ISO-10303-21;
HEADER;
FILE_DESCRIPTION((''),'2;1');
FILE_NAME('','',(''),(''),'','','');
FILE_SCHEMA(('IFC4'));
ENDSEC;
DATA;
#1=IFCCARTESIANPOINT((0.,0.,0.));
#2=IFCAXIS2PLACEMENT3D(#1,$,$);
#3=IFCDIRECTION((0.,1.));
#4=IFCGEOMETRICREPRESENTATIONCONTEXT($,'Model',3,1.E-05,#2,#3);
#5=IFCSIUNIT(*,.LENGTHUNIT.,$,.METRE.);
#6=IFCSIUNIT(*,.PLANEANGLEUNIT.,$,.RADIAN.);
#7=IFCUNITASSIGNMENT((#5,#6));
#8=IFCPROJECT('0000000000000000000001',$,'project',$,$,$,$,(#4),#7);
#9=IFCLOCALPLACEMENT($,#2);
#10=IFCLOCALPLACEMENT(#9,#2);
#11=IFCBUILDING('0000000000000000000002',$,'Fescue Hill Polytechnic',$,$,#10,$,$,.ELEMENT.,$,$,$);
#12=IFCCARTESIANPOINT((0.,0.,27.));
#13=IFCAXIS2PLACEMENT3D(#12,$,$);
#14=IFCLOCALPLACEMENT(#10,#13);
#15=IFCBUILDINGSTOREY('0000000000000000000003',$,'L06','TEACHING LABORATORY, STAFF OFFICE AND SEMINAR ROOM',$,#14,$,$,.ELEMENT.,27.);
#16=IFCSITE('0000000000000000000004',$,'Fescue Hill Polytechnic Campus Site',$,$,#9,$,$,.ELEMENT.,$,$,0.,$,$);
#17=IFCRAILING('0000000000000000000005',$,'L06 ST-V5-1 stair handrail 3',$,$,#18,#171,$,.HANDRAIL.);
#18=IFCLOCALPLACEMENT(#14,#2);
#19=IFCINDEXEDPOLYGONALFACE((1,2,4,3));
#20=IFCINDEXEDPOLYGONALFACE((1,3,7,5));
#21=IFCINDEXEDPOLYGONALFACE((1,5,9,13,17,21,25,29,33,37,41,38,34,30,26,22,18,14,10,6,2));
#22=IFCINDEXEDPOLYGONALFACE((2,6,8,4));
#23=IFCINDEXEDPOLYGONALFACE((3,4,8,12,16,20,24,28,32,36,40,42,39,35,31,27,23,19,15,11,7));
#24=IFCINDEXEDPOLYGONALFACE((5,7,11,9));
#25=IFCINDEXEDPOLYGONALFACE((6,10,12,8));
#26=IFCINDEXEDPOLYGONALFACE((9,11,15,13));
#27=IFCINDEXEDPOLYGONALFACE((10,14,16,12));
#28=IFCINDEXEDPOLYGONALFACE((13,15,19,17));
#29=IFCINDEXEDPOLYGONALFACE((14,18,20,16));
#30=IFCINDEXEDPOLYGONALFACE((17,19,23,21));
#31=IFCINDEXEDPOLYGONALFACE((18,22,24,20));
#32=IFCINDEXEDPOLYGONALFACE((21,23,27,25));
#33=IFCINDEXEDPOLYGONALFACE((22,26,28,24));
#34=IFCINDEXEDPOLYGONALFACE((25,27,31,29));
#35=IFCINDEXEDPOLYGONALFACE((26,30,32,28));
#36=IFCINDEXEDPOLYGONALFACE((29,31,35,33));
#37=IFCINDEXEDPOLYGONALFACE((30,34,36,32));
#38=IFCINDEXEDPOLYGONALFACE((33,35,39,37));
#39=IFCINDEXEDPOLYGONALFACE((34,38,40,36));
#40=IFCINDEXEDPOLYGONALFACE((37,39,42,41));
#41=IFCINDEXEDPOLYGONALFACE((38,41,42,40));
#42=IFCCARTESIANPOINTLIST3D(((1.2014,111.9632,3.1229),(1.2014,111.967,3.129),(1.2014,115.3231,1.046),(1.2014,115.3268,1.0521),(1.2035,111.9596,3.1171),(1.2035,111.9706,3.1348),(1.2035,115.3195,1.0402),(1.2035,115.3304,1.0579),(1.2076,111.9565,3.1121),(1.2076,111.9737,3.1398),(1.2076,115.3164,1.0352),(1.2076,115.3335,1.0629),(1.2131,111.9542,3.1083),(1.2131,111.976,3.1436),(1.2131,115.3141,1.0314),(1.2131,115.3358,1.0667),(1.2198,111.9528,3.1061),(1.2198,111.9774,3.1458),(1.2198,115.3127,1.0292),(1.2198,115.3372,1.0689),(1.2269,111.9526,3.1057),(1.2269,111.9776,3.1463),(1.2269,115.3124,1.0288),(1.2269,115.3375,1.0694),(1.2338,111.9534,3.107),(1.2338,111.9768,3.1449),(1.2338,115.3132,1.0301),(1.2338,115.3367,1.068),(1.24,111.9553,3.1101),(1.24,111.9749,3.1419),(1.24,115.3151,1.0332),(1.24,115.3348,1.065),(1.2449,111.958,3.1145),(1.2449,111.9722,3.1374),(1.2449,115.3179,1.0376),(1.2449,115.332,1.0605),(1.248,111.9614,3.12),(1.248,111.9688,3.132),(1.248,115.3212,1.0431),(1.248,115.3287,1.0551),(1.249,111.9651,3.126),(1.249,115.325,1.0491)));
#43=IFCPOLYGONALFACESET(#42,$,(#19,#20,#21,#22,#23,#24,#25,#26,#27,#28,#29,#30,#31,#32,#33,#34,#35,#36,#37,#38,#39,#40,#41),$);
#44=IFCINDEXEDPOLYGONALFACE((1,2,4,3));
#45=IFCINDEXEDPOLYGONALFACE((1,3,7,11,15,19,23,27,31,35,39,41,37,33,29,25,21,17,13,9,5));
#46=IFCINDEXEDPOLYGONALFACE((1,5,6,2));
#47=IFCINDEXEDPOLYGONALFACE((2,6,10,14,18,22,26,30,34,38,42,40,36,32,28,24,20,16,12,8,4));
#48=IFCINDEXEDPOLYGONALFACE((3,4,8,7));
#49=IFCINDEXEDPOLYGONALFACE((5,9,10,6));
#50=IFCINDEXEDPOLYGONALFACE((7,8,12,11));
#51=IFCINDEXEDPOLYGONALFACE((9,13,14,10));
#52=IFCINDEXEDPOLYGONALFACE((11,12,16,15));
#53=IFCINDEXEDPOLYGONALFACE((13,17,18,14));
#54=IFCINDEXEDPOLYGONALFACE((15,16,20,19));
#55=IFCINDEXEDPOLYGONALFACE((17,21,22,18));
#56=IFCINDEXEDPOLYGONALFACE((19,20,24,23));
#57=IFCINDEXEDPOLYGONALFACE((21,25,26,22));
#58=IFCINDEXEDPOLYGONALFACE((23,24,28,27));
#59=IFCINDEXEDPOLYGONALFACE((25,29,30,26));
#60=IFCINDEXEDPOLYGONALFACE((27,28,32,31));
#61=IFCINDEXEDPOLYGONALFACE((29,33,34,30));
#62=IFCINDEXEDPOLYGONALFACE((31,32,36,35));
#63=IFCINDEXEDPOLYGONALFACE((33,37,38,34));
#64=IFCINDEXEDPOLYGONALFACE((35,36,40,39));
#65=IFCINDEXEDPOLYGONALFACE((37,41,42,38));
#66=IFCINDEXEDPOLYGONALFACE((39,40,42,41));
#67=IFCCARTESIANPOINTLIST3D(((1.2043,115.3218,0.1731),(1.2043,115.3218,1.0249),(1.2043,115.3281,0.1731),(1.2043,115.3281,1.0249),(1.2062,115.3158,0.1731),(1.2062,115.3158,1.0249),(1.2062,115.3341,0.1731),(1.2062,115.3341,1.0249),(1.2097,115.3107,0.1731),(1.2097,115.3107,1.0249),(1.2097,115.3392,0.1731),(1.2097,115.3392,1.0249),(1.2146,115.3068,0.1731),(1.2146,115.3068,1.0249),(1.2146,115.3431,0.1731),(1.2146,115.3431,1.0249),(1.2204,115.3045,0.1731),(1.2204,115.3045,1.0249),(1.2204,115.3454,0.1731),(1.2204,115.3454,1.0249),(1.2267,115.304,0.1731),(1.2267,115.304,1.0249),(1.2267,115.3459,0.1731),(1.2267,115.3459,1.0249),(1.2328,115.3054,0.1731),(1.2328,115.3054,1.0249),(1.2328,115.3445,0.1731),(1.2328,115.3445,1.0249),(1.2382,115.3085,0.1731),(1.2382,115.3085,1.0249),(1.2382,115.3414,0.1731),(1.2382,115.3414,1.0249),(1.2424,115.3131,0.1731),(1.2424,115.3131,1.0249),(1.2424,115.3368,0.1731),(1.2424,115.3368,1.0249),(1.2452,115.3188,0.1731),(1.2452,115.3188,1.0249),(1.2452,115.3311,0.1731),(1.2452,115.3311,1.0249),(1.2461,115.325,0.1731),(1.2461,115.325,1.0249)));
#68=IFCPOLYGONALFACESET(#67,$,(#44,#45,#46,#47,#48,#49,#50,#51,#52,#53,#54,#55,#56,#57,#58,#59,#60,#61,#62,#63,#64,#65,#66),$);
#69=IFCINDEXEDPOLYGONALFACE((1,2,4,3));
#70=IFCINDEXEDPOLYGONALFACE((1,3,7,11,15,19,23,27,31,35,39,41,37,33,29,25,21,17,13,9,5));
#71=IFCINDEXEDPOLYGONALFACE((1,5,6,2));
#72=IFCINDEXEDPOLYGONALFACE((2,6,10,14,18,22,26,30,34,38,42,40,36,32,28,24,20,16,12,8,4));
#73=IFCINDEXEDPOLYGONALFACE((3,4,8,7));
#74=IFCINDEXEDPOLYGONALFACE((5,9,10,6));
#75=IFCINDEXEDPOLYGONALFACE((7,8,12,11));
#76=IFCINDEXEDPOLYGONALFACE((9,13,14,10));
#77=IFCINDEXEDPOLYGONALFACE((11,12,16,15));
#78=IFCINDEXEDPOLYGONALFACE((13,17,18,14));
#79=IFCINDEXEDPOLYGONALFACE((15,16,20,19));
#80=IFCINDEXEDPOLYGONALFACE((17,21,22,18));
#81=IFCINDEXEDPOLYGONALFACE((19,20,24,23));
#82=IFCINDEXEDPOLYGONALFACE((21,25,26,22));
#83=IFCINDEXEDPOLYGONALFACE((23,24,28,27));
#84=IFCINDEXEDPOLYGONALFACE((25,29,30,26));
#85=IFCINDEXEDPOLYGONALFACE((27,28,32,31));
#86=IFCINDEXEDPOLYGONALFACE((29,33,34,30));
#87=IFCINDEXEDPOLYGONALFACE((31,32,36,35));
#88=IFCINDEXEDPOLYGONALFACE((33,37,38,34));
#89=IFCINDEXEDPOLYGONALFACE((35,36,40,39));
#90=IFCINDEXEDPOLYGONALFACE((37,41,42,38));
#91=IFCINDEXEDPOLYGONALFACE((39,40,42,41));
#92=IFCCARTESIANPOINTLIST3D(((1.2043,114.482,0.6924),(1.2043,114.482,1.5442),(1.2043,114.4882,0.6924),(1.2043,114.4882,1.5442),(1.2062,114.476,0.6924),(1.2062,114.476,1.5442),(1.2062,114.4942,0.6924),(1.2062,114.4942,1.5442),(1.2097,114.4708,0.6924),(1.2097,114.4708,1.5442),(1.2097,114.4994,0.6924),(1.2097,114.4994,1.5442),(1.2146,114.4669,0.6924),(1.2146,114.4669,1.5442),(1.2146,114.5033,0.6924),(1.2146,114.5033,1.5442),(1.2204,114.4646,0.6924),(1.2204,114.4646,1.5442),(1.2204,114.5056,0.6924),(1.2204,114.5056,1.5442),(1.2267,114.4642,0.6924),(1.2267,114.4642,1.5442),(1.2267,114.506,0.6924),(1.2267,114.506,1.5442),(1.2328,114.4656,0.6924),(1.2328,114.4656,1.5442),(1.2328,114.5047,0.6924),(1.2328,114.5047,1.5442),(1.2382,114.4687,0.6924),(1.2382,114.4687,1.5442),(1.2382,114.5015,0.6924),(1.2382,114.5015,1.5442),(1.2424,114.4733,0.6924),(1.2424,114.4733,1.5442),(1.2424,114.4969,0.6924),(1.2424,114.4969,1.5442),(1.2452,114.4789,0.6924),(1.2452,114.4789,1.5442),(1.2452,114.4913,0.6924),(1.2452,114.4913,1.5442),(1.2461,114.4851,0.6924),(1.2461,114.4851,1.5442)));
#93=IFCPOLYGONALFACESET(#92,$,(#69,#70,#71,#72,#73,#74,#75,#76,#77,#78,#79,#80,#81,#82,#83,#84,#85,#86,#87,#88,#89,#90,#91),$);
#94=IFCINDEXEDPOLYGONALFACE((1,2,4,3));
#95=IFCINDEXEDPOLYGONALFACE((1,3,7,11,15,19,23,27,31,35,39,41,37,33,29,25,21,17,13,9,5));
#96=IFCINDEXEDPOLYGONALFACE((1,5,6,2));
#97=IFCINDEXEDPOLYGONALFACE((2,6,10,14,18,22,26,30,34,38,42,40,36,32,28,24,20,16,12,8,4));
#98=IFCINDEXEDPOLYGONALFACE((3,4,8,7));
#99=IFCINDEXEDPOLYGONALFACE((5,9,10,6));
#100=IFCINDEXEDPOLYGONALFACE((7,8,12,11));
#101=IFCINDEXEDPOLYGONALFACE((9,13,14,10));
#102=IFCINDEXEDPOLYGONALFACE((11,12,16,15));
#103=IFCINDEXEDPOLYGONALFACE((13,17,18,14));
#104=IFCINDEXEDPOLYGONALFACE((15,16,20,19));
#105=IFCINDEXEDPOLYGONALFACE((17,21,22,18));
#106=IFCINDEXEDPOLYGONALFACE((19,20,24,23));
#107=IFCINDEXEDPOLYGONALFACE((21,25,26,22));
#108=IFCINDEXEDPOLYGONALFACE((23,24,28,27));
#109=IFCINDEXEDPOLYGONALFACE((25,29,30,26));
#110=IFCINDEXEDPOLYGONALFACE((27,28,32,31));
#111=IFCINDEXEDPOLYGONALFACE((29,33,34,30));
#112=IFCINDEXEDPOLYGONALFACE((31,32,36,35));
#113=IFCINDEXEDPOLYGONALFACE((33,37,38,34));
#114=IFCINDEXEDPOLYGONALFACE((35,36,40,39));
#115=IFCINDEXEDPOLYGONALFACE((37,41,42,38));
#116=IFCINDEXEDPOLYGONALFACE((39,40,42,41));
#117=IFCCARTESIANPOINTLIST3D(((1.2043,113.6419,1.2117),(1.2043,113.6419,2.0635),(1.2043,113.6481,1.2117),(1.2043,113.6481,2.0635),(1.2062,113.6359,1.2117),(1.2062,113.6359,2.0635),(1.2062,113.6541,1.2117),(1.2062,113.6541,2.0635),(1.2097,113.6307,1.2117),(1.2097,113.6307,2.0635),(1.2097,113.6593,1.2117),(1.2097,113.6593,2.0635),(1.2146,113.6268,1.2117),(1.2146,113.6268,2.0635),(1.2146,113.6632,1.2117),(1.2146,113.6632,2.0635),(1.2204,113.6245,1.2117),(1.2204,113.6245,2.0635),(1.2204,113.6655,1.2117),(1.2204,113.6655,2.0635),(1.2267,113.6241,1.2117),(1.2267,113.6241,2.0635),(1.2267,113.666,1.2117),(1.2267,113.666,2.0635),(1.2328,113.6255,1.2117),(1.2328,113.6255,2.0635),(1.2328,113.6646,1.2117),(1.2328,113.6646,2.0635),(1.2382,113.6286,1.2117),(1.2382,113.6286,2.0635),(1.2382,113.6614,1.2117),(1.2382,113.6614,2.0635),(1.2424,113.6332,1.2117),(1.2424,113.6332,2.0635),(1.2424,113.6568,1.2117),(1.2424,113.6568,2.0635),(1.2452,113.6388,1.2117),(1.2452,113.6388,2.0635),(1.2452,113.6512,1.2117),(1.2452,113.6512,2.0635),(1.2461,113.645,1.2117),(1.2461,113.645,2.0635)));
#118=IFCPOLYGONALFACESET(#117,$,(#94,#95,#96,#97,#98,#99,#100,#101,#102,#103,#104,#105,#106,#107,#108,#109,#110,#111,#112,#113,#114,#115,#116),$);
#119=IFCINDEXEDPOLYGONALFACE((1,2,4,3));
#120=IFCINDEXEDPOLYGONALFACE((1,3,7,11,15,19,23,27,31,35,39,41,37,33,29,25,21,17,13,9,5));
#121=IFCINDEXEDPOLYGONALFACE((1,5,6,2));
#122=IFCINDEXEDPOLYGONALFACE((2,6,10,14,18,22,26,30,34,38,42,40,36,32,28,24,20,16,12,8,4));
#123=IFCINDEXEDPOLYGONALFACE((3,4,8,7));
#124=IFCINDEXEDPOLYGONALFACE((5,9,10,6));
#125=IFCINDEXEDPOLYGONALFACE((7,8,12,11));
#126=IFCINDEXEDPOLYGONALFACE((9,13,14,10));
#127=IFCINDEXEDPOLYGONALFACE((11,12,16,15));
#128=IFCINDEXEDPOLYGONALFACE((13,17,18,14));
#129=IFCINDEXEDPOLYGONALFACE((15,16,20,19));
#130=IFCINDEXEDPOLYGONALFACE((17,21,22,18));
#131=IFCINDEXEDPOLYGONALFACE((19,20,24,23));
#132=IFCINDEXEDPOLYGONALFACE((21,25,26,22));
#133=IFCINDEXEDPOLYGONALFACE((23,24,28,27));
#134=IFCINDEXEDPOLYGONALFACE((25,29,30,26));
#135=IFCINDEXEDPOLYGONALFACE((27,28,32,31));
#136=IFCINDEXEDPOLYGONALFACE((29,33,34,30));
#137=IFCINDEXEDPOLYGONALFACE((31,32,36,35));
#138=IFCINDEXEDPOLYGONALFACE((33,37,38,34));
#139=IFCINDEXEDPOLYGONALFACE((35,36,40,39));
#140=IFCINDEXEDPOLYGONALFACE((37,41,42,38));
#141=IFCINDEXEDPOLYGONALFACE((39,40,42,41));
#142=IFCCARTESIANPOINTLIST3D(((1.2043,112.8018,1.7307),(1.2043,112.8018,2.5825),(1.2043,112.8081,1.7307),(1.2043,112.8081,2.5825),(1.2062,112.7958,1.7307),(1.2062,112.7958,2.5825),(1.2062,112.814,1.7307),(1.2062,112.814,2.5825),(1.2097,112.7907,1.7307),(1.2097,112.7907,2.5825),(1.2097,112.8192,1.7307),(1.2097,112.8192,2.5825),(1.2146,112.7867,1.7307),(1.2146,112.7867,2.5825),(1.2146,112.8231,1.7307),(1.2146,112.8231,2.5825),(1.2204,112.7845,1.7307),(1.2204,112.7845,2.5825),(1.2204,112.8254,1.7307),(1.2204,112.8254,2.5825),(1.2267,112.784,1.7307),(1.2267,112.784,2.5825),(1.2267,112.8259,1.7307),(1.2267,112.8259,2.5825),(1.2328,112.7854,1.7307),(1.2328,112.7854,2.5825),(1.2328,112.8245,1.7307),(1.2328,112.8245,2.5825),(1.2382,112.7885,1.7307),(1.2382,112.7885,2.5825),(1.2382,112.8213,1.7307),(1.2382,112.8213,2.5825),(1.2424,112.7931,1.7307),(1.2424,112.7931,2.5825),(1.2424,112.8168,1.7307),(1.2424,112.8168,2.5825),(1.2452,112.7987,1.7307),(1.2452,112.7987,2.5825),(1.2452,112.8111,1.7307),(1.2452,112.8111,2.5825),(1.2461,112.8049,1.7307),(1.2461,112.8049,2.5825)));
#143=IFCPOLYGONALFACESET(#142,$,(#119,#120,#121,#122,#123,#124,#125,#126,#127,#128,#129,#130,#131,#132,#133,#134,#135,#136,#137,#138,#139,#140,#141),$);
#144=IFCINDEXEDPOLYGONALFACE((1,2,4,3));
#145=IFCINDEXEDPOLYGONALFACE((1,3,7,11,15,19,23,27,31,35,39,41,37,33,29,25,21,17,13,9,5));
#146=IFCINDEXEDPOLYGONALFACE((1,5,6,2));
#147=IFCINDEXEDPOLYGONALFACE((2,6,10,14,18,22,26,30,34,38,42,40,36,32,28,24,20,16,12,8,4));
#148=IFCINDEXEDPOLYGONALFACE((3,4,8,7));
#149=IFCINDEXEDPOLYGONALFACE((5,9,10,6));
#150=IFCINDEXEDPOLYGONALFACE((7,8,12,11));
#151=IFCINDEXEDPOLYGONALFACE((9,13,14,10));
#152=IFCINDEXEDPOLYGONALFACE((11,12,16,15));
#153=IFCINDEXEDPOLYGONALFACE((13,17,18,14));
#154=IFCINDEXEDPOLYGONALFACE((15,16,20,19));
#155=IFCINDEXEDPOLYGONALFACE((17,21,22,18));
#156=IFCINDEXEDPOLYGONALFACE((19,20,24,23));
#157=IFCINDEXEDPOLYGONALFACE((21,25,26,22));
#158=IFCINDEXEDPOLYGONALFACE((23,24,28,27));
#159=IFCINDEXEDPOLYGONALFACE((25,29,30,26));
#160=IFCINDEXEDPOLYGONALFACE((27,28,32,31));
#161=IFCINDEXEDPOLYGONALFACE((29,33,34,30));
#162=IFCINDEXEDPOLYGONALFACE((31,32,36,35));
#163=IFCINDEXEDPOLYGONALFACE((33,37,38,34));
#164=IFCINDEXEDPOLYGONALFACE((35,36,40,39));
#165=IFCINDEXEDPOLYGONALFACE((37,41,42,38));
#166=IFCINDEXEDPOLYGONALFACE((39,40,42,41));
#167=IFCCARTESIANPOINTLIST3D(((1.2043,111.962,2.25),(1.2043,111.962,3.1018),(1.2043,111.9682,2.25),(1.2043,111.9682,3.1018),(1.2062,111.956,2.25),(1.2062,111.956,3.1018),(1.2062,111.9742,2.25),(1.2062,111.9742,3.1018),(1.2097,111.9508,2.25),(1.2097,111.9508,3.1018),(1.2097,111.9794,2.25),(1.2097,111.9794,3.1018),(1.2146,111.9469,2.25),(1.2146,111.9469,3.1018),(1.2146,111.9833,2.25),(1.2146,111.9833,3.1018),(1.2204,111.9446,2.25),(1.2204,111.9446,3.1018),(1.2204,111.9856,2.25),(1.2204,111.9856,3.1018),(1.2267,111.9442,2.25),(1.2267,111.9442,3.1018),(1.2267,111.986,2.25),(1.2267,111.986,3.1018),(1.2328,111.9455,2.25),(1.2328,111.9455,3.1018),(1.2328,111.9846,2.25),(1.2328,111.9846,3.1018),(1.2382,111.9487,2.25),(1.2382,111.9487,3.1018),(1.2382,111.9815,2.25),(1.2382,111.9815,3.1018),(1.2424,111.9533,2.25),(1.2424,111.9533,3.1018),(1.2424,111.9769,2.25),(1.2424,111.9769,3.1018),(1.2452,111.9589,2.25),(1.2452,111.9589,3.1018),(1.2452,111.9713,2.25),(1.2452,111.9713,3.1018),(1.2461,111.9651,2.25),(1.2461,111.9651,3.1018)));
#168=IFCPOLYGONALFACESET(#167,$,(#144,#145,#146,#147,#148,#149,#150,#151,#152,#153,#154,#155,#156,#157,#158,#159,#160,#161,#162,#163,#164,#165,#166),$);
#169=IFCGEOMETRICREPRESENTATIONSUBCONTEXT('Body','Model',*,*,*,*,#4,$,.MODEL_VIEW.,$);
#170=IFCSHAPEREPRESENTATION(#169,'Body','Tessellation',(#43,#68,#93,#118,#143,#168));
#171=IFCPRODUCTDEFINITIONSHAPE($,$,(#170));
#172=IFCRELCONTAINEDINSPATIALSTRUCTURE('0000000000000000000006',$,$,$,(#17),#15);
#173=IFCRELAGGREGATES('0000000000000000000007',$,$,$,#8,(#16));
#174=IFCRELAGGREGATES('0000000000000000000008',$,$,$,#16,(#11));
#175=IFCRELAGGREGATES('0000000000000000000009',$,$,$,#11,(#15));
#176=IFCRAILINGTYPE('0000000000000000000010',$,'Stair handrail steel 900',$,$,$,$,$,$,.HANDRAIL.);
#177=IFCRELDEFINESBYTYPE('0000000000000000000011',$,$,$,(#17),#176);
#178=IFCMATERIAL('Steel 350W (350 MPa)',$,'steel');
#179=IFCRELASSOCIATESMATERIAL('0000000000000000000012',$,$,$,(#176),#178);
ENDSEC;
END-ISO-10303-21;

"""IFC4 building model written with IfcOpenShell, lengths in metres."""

from ifc_helpers import new_model, si_unit, direction, frame, origin, origin_2d, place, context, subcontext, project, spatial, circle, extrude, material, type_object, element, save


model = new_model("IFC4")

# Units and contexts
model_context = context("Model", 3, precision=1e-05, world=origin(), true_north=direction((0.0, 1.0)))
body_context = subcontext(model_context, "Body", "Model", "MODEL_VIEW")
ifc_project = project(units=[si_unit("LENGTHUNIT", "METRE"), si_unit("PLANEANGLEUNIT", "RADIAN")], contexts=[model_context])

# Site, building, storey
site_placement = place(None, origin())
site = spatial("IfcSite", under=ifc_project, at=site_placement, Name="Fescue Hill Polytechnic Campus Site", CompositionType="ELEMENT", RefElevation=0.0)
building_placement = place(site_placement, origin())
building = spatial("IfcBuilding", under=site, at=building_placement, Name="Fescue Hill Polytechnic", CompositionType="ELEMENT")
storey_placement = place(building_placement, frame((0.0, 0.0, 27.0)))
storey = spatial("IfcBuildingStorey", under=building, at=storey_placement, Name="L06", Description="TEACHING LABORATORY, STAFF OFFICE AND SEMINAR ROOM", CompositionType="ELEMENT", Elevation=27.0)

# Railing
ifc_material_1 = material(Name="Steel 350W (350 MPa)", Category="steel")
railing_type_1 = type_object("IfcRailingType", Name="Stair handrail steel 900", PredefinedType="HANDRAIL", material=ifc_material_1)
railing_1_placement = place(storey_placement, frame((1.2251, 115.325, 0.1731)))
element("IfcRailing", 1, at=railing_1_placement, inside=storey, type_object=railing_type_1, Name="L06 ST-V5-1 stair handrail 3", PredefinedType="HANDRAIL", context=body_context, shape_type="SweptSolid", body=[
    extrude(circle(Radius=0.0239, at=origin_2d()), frame((0.0, 0.0, 0.876), z_axis=(0.0, -0.850606, 0.525803), x_axis=(1.0, 0.0, 0.0)), (0.0, 0.0, 1.0), 3.95),
    extrude(circle(Radius=0.021, at=origin_2d()), origin(), (0.0, 0.0, 1.0), 0.8518),
    extrude(circle(Radius=0.021, at=origin_2d()), frame((0.0, -0.8398, 0.5193)), (0.0, 0.0, 1.0), 0.8518),
    extrude(circle(Radius=0.021, at=origin_2d()), frame((0.0, -1.6799, 1.0386)), (0.0, 0.0, 1.0), 0.8518),
    extrude(circle(Radius=0.021, at=origin_2d()), frame((0.0, -2.52, 1.5576)), (0.0, 0.0, 1.0), 0.8518),
    extrude(circle(Radius=0.021, at=origin_2d()), frame((0.0, -3.3599, 2.0769)), (0.0, 0.0, 1.0), 0.8518),
])

save(model, "model.ifc")
